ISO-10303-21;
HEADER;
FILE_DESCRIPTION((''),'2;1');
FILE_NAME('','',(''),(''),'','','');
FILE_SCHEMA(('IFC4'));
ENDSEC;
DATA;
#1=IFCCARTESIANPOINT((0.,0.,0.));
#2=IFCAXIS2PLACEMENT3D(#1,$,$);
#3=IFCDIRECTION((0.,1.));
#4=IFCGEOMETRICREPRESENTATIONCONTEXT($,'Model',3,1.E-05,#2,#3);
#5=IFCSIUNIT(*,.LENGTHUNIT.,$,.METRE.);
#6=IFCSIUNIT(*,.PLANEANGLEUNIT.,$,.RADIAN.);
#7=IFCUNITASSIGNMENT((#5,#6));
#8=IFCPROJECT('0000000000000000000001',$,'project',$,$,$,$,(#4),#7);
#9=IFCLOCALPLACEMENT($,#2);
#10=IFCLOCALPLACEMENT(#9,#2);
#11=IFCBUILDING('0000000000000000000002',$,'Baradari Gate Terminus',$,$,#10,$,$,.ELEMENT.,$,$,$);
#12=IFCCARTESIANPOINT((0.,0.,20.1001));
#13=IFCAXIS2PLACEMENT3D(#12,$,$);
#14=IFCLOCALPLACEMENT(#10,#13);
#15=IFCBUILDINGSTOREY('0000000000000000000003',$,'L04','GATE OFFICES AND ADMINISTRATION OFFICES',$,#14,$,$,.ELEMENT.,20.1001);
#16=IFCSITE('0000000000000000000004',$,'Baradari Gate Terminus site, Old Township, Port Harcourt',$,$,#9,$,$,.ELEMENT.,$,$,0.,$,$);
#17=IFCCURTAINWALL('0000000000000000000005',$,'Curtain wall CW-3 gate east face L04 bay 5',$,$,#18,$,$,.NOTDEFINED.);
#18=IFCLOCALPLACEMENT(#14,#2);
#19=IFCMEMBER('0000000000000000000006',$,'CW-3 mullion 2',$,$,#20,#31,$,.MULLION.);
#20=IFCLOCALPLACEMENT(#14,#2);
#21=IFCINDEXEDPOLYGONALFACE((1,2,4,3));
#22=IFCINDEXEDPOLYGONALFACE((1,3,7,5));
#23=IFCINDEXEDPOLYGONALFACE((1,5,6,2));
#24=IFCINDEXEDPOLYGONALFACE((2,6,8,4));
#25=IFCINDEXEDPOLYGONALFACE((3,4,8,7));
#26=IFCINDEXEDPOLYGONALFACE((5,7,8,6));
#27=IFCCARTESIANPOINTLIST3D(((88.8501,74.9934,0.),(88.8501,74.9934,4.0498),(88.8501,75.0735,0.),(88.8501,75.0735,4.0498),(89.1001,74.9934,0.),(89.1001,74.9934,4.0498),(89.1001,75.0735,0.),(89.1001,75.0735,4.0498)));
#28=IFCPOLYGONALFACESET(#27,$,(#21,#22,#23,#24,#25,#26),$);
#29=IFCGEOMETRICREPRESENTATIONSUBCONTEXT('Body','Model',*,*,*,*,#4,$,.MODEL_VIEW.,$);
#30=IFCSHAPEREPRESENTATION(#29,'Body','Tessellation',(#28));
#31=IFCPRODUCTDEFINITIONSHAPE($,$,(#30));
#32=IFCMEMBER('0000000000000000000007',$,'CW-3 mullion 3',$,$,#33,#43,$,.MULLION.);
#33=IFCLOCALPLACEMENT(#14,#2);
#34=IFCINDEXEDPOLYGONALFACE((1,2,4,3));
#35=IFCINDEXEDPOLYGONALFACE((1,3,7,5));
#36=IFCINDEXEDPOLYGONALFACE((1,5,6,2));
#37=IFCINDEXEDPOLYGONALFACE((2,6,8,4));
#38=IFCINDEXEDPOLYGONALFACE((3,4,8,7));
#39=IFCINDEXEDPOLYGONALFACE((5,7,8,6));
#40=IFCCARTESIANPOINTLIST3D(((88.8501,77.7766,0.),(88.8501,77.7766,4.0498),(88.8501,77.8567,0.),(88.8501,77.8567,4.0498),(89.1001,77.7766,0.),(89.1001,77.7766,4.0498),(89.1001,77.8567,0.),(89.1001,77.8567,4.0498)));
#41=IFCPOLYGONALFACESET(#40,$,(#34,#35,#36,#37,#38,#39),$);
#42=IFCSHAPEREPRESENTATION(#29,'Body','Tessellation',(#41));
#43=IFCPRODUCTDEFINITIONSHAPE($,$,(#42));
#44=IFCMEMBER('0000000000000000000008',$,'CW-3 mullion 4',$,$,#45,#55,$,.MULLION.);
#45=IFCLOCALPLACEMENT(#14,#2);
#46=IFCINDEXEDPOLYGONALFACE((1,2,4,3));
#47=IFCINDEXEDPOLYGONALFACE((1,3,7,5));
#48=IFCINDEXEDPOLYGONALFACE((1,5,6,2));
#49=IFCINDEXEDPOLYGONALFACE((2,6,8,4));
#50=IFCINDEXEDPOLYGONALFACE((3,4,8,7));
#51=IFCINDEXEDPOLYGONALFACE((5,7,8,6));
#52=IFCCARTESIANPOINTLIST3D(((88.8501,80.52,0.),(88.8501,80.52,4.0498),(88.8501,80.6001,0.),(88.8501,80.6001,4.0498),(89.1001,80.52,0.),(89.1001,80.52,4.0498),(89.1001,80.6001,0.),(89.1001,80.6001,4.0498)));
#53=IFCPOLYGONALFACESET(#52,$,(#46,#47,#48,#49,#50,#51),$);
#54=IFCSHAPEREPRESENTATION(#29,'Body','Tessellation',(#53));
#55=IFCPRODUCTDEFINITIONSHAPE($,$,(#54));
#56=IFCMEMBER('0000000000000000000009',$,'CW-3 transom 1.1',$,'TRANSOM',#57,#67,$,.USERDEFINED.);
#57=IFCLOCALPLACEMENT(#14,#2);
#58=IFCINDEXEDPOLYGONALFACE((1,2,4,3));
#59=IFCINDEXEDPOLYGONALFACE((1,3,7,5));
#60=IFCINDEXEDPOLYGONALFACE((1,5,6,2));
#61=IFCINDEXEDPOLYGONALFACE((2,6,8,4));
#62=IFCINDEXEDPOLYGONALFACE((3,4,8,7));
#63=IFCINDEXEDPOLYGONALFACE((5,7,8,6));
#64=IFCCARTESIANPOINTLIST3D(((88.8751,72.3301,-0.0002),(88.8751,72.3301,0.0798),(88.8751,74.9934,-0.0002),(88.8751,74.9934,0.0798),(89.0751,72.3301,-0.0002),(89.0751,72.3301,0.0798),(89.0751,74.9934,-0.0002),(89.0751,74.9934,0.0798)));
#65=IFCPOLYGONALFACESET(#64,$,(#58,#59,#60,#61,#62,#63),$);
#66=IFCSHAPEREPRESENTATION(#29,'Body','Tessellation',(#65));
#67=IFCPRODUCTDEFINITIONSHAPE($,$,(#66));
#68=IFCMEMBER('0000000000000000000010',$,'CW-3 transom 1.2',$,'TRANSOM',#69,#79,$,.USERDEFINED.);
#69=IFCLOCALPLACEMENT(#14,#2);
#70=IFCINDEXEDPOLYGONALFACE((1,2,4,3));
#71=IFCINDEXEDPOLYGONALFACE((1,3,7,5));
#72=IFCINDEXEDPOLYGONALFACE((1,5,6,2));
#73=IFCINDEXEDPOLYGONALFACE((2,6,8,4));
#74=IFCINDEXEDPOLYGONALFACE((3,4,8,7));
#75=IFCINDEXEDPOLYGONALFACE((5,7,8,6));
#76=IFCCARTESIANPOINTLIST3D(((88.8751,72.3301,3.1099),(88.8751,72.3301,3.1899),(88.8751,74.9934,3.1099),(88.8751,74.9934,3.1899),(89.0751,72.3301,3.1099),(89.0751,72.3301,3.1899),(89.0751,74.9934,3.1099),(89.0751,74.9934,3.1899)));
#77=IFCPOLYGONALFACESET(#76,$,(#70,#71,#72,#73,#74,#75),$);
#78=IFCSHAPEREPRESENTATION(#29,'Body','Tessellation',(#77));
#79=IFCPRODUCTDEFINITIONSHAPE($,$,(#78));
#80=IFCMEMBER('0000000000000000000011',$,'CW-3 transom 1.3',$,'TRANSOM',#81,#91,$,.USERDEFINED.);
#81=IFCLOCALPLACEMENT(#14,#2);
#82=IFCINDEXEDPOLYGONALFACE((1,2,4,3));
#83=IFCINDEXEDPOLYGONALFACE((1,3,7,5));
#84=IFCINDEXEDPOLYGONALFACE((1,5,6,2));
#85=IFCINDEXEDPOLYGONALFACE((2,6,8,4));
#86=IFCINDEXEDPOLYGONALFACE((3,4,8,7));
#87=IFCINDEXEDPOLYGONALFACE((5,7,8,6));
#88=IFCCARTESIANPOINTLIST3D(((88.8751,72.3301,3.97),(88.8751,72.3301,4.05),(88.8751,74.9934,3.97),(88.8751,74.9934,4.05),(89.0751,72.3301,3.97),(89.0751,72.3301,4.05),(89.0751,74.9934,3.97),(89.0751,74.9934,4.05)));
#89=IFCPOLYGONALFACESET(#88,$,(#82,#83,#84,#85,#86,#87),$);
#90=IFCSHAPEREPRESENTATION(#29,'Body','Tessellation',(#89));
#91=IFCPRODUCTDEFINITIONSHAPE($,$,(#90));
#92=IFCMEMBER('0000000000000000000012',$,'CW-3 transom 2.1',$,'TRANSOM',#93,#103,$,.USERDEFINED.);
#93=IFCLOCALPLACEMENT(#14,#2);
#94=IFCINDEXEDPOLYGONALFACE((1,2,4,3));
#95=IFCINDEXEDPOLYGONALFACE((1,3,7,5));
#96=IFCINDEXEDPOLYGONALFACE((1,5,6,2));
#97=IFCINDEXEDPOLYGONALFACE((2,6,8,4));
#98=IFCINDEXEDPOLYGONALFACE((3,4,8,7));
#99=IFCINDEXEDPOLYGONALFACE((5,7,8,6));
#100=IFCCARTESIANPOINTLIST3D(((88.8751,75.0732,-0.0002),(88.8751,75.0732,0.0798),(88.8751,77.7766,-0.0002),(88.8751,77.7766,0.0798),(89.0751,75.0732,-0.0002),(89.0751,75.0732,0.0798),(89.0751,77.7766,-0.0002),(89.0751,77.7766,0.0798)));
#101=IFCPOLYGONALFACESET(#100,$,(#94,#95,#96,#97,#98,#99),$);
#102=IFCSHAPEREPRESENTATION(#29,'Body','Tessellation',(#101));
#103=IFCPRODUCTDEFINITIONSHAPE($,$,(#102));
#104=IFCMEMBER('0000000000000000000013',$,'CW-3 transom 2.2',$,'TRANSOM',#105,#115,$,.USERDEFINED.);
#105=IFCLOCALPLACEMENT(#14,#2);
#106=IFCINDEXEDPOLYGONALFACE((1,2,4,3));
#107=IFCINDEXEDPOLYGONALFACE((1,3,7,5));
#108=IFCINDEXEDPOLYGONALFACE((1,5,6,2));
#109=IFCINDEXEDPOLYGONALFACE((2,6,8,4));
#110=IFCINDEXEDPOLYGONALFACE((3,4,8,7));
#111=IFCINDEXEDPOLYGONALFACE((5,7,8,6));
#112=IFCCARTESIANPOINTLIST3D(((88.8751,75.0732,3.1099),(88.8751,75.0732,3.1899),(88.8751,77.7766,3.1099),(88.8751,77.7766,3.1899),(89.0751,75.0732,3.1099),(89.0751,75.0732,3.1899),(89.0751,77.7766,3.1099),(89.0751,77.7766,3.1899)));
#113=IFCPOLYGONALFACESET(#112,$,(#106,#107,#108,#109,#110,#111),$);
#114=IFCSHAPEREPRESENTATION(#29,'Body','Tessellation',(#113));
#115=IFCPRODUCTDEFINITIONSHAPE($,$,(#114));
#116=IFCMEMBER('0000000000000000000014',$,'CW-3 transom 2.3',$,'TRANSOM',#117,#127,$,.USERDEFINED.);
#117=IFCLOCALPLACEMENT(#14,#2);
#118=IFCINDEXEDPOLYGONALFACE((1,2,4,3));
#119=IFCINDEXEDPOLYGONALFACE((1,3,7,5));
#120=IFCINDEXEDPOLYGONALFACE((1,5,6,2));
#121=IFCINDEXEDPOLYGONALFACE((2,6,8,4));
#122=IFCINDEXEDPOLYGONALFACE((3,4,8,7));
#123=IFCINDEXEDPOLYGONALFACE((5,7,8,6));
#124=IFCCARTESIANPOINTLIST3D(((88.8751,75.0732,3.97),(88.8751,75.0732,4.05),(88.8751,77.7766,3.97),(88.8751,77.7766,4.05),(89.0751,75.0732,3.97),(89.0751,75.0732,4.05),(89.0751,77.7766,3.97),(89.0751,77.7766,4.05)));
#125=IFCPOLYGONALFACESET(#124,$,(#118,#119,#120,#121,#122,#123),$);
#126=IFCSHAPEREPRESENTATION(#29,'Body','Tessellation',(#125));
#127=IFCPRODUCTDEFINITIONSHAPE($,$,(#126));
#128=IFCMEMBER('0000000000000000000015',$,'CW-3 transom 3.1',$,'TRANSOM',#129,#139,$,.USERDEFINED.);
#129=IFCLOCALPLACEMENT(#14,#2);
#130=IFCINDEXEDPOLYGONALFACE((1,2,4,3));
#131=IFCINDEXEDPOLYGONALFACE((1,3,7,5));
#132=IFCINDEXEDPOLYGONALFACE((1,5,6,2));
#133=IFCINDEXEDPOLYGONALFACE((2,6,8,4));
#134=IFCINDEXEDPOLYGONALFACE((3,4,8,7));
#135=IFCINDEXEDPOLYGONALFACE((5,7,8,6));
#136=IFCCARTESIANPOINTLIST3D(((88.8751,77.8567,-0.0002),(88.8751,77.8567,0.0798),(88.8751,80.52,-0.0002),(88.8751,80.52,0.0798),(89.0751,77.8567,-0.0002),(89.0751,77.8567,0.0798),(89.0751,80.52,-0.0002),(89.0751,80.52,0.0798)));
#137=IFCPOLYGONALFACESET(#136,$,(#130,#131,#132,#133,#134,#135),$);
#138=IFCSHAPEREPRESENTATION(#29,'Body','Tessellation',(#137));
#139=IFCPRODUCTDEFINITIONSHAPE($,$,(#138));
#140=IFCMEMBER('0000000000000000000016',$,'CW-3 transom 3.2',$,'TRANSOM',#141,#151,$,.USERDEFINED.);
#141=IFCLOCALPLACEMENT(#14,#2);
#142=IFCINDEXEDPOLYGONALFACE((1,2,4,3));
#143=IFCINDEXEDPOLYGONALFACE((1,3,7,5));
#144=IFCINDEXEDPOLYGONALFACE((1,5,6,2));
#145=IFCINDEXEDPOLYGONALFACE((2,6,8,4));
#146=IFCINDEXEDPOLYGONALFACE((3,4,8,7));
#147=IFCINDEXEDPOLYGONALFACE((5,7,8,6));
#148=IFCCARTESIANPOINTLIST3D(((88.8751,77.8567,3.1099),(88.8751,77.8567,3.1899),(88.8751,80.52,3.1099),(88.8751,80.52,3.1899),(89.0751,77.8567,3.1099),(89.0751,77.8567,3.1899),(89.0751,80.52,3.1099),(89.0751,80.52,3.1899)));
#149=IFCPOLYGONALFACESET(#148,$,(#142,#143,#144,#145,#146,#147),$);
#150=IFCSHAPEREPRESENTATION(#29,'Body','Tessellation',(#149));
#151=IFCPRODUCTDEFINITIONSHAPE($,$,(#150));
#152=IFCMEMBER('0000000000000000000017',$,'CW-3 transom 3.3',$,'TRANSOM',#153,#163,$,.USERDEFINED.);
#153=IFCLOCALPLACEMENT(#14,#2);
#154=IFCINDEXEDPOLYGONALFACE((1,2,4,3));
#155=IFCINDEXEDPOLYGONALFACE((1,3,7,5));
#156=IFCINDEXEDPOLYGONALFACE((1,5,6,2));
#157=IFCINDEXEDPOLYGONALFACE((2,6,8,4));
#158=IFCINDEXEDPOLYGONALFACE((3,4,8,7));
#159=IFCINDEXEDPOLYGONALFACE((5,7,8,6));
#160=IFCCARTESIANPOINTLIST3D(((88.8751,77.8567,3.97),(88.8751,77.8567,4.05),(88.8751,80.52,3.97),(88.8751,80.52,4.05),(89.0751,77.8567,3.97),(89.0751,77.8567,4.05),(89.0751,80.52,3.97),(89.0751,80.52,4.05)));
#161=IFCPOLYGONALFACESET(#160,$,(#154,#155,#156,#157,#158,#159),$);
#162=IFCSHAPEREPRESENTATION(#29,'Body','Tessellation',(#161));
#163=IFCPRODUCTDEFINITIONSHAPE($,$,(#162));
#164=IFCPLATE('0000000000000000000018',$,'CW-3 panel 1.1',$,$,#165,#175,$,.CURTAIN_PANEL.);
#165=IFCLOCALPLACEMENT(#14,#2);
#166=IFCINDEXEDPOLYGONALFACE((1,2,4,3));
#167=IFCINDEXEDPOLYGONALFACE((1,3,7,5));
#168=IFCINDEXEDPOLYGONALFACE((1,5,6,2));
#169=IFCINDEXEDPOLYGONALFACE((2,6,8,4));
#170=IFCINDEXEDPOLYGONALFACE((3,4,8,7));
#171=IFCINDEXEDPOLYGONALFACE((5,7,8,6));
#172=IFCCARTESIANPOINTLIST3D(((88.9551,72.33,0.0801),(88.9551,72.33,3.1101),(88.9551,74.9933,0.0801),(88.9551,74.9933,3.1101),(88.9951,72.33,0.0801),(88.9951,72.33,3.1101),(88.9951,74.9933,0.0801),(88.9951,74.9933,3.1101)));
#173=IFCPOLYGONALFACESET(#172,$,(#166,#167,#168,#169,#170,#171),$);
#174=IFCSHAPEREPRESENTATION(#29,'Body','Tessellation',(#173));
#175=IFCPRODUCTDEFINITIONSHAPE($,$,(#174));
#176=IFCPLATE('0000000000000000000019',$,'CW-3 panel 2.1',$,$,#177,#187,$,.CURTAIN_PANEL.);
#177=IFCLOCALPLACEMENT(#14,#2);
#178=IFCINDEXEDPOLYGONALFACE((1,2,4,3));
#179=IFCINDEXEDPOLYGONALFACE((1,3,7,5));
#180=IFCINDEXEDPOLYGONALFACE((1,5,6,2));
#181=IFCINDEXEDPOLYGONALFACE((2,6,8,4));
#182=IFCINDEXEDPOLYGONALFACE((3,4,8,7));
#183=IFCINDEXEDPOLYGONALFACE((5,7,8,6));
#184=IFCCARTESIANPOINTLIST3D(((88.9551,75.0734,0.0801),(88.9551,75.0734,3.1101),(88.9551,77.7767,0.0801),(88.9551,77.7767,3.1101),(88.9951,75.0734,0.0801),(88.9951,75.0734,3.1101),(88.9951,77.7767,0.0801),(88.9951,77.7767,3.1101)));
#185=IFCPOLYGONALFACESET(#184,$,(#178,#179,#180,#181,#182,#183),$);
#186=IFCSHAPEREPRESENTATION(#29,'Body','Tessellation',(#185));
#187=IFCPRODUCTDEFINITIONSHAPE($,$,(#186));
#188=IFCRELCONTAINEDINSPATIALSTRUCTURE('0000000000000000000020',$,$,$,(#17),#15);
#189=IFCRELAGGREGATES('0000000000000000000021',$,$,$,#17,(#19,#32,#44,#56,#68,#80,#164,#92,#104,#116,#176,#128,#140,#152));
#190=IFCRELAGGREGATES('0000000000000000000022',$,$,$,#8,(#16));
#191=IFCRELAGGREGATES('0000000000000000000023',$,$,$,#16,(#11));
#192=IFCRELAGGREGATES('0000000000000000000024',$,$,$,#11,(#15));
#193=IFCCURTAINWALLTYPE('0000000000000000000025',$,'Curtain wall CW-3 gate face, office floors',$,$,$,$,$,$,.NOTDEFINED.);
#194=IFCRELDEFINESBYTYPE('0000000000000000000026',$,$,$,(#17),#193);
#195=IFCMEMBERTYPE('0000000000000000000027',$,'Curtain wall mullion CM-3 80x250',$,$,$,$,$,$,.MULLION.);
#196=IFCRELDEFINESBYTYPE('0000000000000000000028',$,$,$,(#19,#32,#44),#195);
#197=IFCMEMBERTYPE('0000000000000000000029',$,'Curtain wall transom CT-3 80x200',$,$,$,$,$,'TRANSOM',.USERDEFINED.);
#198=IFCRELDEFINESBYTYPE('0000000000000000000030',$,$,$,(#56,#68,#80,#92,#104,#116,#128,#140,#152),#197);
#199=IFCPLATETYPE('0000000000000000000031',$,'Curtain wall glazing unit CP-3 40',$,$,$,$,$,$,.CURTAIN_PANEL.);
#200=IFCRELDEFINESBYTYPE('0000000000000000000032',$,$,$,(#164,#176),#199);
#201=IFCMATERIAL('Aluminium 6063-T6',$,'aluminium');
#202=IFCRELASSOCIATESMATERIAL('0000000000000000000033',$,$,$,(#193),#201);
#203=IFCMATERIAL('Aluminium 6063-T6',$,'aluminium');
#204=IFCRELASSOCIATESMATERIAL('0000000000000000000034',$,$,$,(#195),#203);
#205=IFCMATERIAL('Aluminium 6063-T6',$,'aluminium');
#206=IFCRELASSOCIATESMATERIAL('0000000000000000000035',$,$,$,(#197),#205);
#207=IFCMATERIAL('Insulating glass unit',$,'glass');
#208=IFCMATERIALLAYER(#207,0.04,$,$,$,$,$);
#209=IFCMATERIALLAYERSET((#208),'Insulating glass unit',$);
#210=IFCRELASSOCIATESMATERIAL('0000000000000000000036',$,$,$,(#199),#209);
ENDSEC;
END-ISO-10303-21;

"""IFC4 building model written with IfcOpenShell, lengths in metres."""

from ifc_helpers import new_model, si_unit, direction, frame, origin, origin_2d, place, context, subcontext, project, spatial, rectangle, extrude, material, layer, layer_set, material_profile, profile_set, type_object, element, aggregate, save


model = new_model("IFC4")

# Units and contexts
model_context = context("Model", 3, precision=1e-05, world=origin(), true_north=direction((0.0, 1.0)))
body_context = subcontext(model_context, "Body", "Model", "MODEL_VIEW")
ifc_project = project(units=[si_unit("LENGTHUNIT", "METRE"), si_unit("PLANEANGLEUNIT", "RADIAN")], contexts=[model_context])

# Site, building, storey
site_placement = place(None, origin())
site = spatial("IfcSite", under=ifc_project, at=site_placement, Name="Baradari Gate Terminus site, Old Township, Port Harcourt", CompositionType="ELEMENT", RefElevation=0.0)
building_placement = place(site_placement, origin())
building = spatial("IfcBuilding", under=site, at=building_placement, Name="Baradari Gate Terminus", CompositionType="ELEMENT")
storey_placement = place(building_placement, frame((0.0, 0.0, 20.1001)))
storey = spatial("IfcBuildingStorey", under=building, at=storey_placement, Name="L04", Description="GATE OFFICES AND ADMINISTRATION OFFICES", CompositionType="ELEMENT", Elevation=20.1001)

# Curtain wall, members, plates
ifc_material_1 = material(Name="Aluminium 6063-T6", Category="aluminium")
curtain_wall_type = type_object("IfcCurtainWallType", Name="Curtain wall CW-3 gate face, office floors", PredefinedType="NOTDEFINED", material=ifc_material_1)
curtain_wall_placement = place(storey_placement, origin())
curtain_wall = element("IfcCurtainWall", 1, at=curtain_wall_placement, inside=storey, type_object=curtain_wall_type, Name="Curtain wall CW-3 gate east face L04 bay 5", PredefinedType="NOTDEFINED")
ifc_material_2 = material(Name="Aluminium 6063-T6", Category="aluminium")
ifc_material_profile_1 = material_profile(ifc_material_2, rectangle(XDim=0.25, YDim=0.0801, at=origin_2d()), Name="CM-3 80X250")
ifc_profile_set_1 = profile_set([ifc_material_profile_1], Name="Aluminium 6063-T6")
member_type_1 = type_object("IfcMemberType", Name="Curtain wall mullion CM-3 80x250", PredefinedType="MULLION", material=ifc_profile_set_1)
member_1_placement = place(storey_placement, frame((88.9751, 75.0334, 0.0), z_axis=(0.0, 0.0, 1.0), x_axis=(-1.0, 0.0, 0.0)))
member_1 = element("IfcMember", 2, at=member_1_placement, type_object=member_type_1, Name="CW-3 mullion 2", PredefinedType="MULLION", context=body_context, shape_type="SweptSolid", body=[
    extrude(rectangle(XDim=0.25, YDim=0.0801, at=origin_2d()), origin(), (0.0, 0.0, 1.0), 4.0498),
])
member_2_placement = place(storey_placement, frame((88.9751, 77.8167, 0.0), z_axis=(0.0, 0.0, 1.0), x_axis=(-1.0, 0.0, 0.0)))
member_2 = element("IfcMember", 3, at=member_2_placement, type_object=member_type_1, Name="CW-3 mullion 3", PredefinedType="MULLION", context=body_context, shape_type="SweptSolid", body=[
    extrude(rectangle(XDim=0.25, YDim=0.0801, at=origin_2d()), origin(), (0.0, 0.0, 1.0), 4.0498),
])
member_3_placement = place(storey_placement, frame((88.9751, 80.5601, 0.0), z_axis=(0.0, 0.0, 1.0), x_axis=(-1.0, 0.0, 0.0)))
member_3 = element("IfcMember", 4, at=member_3_placement, type_object=member_type_1, Name="CW-3 mullion 4", PredefinedType="MULLION", context=body_context, shape_type="SweptSolid", body=[
    extrude(rectangle(XDim=0.25, YDim=0.0801, at=origin_2d()), origin(), (0.0, 0.0, 1.0), 4.0498),
])
ifc_material_3 = material(Name="Aluminium 6063-T6", Category="aluminium")
ifc_material_profile_2 = material_profile(ifc_material_3, rectangle(XDim=0.2, YDim=0.0801, at=origin_2d()), Name="CT-3 80X200")
ifc_profile_set_2 = profile_set([ifc_material_profile_2], Name="Aluminium 6063-T6")
member_type_2 = type_object("IfcMemberType", Name="Curtain wall transom CT-3 80x200", ElementType="TRANSOM", PredefinedType="USERDEFINED", material=ifc_profile_set_2)
member_4_placement = place(storey_placement, frame((88.9751, 72.3301, 0.0398), z_axis=(0.0, 1.0, 0.0), x_axis=(-1.0, 0.0, 0.0)))
member_4 = element("IfcMember", 5, at=member_4_placement, type_object=member_type_2, Name="CW-3 transom 1.1", ObjectType="TRANSOM", PredefinedType="USERDEFINED", context=body_context, shape_type="SweptSolid", body=[
    extrude(rectangle(XDim=0.2, YDim=0.0801, at=origin_2d()), origin(), (0.0, 0.0, 1.0), 2.6633),
])
member_5_placement = place(storey_placement, frame((88.9751, 72.3301, 3.1499), z_axis=(0.0, 1.0, 0.0), x_axis=(-1.0, 0.0, 0.0)))
member_5 = element("IfcMember", 6, at=member_5_placement, type_object=member_type_2, Name="CW-3 transom 1.2", ObjectType="TRANSOM", PredefinedType="USERDEFINED", context=body_context, shape_type="SweptSolid", body=[
    extrude(rectangle(XDim=0.2, YDim=0.0801, at=origin_2d()), origin(), (0.0, 0.0, 1.0), 2.6633),
])
member_6_placement = place(storey_placement, frame((88.9751, 72.3301, 4.01), z_axis=(0.0, 1.0, 0.0), x_axis=(-1.0, 0.0, 0.0)))
member_6 = element("IfcMember", 7, at=member_6_placement, type_object=member_type_2, Name="CW-3 transom 1.3", ObjectType="TRANSOM", PredefinedType="USERDEFINED", context=body_context, shape_type="SweptSolid", body=[
    extrude(rectangle(XDim=0.2, YDim=0.0801, at=origin_2d()), origin(), (0.0, 0.0, 1.0), 2.6633),
])
member_7_placement = place(storey_placement, frame((88.9751, 75.0732, 0.0398), z_axis=(0.0, 1.0, 0.0), x_axis=(-1.0, 0.0, 0.0)))
member_7 = element("IfcMember", 8, at=member_7_placement, type_object=member_type_2, Name="CW-3 transom 2.1", ObjectType="TRANSOM", PredefinedType="USERDEFINED", context=body_context, shape_type="SweptSolid", body=[
    extrude(rectangle(XDim=0.2, YDim=0.0801, at=origin_2d()), origin(), (0.0, 0.0, 1.0), 2.7034),
])
member_8_placement = place(storey_placement, frame((88.9751, 75.0732, 3.1499), z_axis=(0.0, 1.0, 0.0), x_axis=(-1.0, 0.0, 0.0)))
member_8 = element("IfcMember", 9, at=member_8_placement, type_object=member_type_2, Name="CW-3 transom 2.2", ObjectType="TRANSOM", PredefinedType="USERDEFINED", context=body_context, shape_type="SweptSolid", body=[
    extrude(rectangle(XDim=0.2, YDim=0.0801, at=origin_2d()), origin(), (0.0, 0.0, 1.0), 2.7034),
])
member_9_placement = place(storey_placement, frame((88.9751, 75.0732, 4.01), z_axis=(0.0, 1.0, 0.0), x_axis=(-1.0, 0.0, 0.0)))
member_9 = element("IfcMember", 10, at=member_9_placement, type_object=member_type_2, Name="CW-3 transom 2.3", ObjectType="TRANSOM", PredefinedType="USERDEFINED", context=body_context, shape_type="SweptSolid", body=[
    extrude(rectangle(XDim=0.2, YDim=0.0801, at=origin_2d()), origin(), (0.0, 0.0, 1.0), 2.7034),
])
member_10_placement = place(storey_placement, frame((88.9751, 77.8567, 0.0398), z_axis=(0.0, 1.0, 0.0), x_axis=(-1.0, 0.0, 0.0)))
member_10 = element("IfcMember", 11, at=member_10_placement, type_object=member_type_2, Name="CW-3 transom 3.1", ObjectType="TRANSOM", PredefinedType="USERDEFINED", context=body_context, shape_type="SweptSolid", body=[
    extrude(rectangle(XDim=0.2, YDim=0.0801, at=origin_2d()), origin(), (0.0, 0.0, 1.0), 2.6633),
])
member_11_placement = place(storey_placement, frame((88.9751, 77.8567, 3.1499), z_axis=(0.0, 1.0, 0.0), x_axis=(-1.0, 0.0, 0.0)))
member_11 = element("IfcMember", 12, at=member_11_placement, type_object=member_type_2, Name="CW-3 transom 3.2", ObjectType="TRANSOM", PredefinedType="USERDEFINED", context=body_context, shape_type="SweptSolid", body=[
    extrude(rectangle(XDim=0.2, YDim=0.0801, at=origin_2d()), origin(), (0.0, 0.0, 1.0), 2.6633),
])
member_12_placement = place(storey_placement, frame((88.9751, 77.8567, 4.01), z_axis=(0.0, 1.0, 0.0), x_axis=(-1.0, 0.0, 0.0)))
member_12 = element("IfcMember", 13, at=member_12_placement, type_object=member_type_2, Name="CW-3 transom 3.3", ObjectType="TRANSOM", PredefinedType="USERDEFINED", context=body_context, shape_type="SweptSolid", body=[
    extrude(rectangle(XDim=0.2, YDim=0.0801, at=origin_2d()), origin(), (0.0, 0.0, 1.0), 2.6633),
])
ifc_material_4 = material(Name="Insulating glass unit", Category="glass")
ifc_layer_1 = layer(ifc_material_4, 0.04)
ifc_layer_set_1 = layer_set([ifc_layer_1], Name="Insulating glass unit")
plate_type_1 = type_object("IfcPlateType", Name="Curtain wall glazing unit CP-3 40", PredefinedType="CURTAIN_PANEL", material=ifc_layer_set_1)
plate_1_placement = place(storey_placement, frame((88.9751, 73.6616, 0.0801), z_axis=(0.0, 0.0, 1.0), x_axis=(0.0, 1.0, 0.0)))
plate_1 = element("IfcPlate", 14, at=plate_1_placement, type_object=plate_type_1, Name="CW-3 panel 1.1", PredefinedType="CURTAIN_PANEL", context=body_context, shape_type="SweptSolid", body=[
    extrude(rectangle(XDim=2.6633, YDim=0.04, at=origin_2d()), origin(), (0.0, 0.0, 1.0), 3.03),
])
plate_2_placement = place(storey_placement, frame((88.9751, 76.425, 0.0801), z_axis=(0.0, 0.0, 1.0), x_axis=(0.0, 1.0, 0.0)))
plate_2 = element("IfcPlate", 15, at=plate_2_placement, type_object=plate_type_1, Name="CW-3 panel 2.1", PredefinedType="CURTAIN_PANEL", context=body_context, shape_type="SweptSolid", body=[
    extrude(rectangle(XDim=2.7034, YDim=0.04, at=origin_2d()), origin(), (0.0, 0.0, 1.0), 3.03),
])
aggregate(curtain_wall, [member_1, member_2, member_3, member_4, member_5, member_6, plate_1, member_7, member_8, member_9, plate_2, member_10, member_11, member_12])

save(model, "model.ifc")
